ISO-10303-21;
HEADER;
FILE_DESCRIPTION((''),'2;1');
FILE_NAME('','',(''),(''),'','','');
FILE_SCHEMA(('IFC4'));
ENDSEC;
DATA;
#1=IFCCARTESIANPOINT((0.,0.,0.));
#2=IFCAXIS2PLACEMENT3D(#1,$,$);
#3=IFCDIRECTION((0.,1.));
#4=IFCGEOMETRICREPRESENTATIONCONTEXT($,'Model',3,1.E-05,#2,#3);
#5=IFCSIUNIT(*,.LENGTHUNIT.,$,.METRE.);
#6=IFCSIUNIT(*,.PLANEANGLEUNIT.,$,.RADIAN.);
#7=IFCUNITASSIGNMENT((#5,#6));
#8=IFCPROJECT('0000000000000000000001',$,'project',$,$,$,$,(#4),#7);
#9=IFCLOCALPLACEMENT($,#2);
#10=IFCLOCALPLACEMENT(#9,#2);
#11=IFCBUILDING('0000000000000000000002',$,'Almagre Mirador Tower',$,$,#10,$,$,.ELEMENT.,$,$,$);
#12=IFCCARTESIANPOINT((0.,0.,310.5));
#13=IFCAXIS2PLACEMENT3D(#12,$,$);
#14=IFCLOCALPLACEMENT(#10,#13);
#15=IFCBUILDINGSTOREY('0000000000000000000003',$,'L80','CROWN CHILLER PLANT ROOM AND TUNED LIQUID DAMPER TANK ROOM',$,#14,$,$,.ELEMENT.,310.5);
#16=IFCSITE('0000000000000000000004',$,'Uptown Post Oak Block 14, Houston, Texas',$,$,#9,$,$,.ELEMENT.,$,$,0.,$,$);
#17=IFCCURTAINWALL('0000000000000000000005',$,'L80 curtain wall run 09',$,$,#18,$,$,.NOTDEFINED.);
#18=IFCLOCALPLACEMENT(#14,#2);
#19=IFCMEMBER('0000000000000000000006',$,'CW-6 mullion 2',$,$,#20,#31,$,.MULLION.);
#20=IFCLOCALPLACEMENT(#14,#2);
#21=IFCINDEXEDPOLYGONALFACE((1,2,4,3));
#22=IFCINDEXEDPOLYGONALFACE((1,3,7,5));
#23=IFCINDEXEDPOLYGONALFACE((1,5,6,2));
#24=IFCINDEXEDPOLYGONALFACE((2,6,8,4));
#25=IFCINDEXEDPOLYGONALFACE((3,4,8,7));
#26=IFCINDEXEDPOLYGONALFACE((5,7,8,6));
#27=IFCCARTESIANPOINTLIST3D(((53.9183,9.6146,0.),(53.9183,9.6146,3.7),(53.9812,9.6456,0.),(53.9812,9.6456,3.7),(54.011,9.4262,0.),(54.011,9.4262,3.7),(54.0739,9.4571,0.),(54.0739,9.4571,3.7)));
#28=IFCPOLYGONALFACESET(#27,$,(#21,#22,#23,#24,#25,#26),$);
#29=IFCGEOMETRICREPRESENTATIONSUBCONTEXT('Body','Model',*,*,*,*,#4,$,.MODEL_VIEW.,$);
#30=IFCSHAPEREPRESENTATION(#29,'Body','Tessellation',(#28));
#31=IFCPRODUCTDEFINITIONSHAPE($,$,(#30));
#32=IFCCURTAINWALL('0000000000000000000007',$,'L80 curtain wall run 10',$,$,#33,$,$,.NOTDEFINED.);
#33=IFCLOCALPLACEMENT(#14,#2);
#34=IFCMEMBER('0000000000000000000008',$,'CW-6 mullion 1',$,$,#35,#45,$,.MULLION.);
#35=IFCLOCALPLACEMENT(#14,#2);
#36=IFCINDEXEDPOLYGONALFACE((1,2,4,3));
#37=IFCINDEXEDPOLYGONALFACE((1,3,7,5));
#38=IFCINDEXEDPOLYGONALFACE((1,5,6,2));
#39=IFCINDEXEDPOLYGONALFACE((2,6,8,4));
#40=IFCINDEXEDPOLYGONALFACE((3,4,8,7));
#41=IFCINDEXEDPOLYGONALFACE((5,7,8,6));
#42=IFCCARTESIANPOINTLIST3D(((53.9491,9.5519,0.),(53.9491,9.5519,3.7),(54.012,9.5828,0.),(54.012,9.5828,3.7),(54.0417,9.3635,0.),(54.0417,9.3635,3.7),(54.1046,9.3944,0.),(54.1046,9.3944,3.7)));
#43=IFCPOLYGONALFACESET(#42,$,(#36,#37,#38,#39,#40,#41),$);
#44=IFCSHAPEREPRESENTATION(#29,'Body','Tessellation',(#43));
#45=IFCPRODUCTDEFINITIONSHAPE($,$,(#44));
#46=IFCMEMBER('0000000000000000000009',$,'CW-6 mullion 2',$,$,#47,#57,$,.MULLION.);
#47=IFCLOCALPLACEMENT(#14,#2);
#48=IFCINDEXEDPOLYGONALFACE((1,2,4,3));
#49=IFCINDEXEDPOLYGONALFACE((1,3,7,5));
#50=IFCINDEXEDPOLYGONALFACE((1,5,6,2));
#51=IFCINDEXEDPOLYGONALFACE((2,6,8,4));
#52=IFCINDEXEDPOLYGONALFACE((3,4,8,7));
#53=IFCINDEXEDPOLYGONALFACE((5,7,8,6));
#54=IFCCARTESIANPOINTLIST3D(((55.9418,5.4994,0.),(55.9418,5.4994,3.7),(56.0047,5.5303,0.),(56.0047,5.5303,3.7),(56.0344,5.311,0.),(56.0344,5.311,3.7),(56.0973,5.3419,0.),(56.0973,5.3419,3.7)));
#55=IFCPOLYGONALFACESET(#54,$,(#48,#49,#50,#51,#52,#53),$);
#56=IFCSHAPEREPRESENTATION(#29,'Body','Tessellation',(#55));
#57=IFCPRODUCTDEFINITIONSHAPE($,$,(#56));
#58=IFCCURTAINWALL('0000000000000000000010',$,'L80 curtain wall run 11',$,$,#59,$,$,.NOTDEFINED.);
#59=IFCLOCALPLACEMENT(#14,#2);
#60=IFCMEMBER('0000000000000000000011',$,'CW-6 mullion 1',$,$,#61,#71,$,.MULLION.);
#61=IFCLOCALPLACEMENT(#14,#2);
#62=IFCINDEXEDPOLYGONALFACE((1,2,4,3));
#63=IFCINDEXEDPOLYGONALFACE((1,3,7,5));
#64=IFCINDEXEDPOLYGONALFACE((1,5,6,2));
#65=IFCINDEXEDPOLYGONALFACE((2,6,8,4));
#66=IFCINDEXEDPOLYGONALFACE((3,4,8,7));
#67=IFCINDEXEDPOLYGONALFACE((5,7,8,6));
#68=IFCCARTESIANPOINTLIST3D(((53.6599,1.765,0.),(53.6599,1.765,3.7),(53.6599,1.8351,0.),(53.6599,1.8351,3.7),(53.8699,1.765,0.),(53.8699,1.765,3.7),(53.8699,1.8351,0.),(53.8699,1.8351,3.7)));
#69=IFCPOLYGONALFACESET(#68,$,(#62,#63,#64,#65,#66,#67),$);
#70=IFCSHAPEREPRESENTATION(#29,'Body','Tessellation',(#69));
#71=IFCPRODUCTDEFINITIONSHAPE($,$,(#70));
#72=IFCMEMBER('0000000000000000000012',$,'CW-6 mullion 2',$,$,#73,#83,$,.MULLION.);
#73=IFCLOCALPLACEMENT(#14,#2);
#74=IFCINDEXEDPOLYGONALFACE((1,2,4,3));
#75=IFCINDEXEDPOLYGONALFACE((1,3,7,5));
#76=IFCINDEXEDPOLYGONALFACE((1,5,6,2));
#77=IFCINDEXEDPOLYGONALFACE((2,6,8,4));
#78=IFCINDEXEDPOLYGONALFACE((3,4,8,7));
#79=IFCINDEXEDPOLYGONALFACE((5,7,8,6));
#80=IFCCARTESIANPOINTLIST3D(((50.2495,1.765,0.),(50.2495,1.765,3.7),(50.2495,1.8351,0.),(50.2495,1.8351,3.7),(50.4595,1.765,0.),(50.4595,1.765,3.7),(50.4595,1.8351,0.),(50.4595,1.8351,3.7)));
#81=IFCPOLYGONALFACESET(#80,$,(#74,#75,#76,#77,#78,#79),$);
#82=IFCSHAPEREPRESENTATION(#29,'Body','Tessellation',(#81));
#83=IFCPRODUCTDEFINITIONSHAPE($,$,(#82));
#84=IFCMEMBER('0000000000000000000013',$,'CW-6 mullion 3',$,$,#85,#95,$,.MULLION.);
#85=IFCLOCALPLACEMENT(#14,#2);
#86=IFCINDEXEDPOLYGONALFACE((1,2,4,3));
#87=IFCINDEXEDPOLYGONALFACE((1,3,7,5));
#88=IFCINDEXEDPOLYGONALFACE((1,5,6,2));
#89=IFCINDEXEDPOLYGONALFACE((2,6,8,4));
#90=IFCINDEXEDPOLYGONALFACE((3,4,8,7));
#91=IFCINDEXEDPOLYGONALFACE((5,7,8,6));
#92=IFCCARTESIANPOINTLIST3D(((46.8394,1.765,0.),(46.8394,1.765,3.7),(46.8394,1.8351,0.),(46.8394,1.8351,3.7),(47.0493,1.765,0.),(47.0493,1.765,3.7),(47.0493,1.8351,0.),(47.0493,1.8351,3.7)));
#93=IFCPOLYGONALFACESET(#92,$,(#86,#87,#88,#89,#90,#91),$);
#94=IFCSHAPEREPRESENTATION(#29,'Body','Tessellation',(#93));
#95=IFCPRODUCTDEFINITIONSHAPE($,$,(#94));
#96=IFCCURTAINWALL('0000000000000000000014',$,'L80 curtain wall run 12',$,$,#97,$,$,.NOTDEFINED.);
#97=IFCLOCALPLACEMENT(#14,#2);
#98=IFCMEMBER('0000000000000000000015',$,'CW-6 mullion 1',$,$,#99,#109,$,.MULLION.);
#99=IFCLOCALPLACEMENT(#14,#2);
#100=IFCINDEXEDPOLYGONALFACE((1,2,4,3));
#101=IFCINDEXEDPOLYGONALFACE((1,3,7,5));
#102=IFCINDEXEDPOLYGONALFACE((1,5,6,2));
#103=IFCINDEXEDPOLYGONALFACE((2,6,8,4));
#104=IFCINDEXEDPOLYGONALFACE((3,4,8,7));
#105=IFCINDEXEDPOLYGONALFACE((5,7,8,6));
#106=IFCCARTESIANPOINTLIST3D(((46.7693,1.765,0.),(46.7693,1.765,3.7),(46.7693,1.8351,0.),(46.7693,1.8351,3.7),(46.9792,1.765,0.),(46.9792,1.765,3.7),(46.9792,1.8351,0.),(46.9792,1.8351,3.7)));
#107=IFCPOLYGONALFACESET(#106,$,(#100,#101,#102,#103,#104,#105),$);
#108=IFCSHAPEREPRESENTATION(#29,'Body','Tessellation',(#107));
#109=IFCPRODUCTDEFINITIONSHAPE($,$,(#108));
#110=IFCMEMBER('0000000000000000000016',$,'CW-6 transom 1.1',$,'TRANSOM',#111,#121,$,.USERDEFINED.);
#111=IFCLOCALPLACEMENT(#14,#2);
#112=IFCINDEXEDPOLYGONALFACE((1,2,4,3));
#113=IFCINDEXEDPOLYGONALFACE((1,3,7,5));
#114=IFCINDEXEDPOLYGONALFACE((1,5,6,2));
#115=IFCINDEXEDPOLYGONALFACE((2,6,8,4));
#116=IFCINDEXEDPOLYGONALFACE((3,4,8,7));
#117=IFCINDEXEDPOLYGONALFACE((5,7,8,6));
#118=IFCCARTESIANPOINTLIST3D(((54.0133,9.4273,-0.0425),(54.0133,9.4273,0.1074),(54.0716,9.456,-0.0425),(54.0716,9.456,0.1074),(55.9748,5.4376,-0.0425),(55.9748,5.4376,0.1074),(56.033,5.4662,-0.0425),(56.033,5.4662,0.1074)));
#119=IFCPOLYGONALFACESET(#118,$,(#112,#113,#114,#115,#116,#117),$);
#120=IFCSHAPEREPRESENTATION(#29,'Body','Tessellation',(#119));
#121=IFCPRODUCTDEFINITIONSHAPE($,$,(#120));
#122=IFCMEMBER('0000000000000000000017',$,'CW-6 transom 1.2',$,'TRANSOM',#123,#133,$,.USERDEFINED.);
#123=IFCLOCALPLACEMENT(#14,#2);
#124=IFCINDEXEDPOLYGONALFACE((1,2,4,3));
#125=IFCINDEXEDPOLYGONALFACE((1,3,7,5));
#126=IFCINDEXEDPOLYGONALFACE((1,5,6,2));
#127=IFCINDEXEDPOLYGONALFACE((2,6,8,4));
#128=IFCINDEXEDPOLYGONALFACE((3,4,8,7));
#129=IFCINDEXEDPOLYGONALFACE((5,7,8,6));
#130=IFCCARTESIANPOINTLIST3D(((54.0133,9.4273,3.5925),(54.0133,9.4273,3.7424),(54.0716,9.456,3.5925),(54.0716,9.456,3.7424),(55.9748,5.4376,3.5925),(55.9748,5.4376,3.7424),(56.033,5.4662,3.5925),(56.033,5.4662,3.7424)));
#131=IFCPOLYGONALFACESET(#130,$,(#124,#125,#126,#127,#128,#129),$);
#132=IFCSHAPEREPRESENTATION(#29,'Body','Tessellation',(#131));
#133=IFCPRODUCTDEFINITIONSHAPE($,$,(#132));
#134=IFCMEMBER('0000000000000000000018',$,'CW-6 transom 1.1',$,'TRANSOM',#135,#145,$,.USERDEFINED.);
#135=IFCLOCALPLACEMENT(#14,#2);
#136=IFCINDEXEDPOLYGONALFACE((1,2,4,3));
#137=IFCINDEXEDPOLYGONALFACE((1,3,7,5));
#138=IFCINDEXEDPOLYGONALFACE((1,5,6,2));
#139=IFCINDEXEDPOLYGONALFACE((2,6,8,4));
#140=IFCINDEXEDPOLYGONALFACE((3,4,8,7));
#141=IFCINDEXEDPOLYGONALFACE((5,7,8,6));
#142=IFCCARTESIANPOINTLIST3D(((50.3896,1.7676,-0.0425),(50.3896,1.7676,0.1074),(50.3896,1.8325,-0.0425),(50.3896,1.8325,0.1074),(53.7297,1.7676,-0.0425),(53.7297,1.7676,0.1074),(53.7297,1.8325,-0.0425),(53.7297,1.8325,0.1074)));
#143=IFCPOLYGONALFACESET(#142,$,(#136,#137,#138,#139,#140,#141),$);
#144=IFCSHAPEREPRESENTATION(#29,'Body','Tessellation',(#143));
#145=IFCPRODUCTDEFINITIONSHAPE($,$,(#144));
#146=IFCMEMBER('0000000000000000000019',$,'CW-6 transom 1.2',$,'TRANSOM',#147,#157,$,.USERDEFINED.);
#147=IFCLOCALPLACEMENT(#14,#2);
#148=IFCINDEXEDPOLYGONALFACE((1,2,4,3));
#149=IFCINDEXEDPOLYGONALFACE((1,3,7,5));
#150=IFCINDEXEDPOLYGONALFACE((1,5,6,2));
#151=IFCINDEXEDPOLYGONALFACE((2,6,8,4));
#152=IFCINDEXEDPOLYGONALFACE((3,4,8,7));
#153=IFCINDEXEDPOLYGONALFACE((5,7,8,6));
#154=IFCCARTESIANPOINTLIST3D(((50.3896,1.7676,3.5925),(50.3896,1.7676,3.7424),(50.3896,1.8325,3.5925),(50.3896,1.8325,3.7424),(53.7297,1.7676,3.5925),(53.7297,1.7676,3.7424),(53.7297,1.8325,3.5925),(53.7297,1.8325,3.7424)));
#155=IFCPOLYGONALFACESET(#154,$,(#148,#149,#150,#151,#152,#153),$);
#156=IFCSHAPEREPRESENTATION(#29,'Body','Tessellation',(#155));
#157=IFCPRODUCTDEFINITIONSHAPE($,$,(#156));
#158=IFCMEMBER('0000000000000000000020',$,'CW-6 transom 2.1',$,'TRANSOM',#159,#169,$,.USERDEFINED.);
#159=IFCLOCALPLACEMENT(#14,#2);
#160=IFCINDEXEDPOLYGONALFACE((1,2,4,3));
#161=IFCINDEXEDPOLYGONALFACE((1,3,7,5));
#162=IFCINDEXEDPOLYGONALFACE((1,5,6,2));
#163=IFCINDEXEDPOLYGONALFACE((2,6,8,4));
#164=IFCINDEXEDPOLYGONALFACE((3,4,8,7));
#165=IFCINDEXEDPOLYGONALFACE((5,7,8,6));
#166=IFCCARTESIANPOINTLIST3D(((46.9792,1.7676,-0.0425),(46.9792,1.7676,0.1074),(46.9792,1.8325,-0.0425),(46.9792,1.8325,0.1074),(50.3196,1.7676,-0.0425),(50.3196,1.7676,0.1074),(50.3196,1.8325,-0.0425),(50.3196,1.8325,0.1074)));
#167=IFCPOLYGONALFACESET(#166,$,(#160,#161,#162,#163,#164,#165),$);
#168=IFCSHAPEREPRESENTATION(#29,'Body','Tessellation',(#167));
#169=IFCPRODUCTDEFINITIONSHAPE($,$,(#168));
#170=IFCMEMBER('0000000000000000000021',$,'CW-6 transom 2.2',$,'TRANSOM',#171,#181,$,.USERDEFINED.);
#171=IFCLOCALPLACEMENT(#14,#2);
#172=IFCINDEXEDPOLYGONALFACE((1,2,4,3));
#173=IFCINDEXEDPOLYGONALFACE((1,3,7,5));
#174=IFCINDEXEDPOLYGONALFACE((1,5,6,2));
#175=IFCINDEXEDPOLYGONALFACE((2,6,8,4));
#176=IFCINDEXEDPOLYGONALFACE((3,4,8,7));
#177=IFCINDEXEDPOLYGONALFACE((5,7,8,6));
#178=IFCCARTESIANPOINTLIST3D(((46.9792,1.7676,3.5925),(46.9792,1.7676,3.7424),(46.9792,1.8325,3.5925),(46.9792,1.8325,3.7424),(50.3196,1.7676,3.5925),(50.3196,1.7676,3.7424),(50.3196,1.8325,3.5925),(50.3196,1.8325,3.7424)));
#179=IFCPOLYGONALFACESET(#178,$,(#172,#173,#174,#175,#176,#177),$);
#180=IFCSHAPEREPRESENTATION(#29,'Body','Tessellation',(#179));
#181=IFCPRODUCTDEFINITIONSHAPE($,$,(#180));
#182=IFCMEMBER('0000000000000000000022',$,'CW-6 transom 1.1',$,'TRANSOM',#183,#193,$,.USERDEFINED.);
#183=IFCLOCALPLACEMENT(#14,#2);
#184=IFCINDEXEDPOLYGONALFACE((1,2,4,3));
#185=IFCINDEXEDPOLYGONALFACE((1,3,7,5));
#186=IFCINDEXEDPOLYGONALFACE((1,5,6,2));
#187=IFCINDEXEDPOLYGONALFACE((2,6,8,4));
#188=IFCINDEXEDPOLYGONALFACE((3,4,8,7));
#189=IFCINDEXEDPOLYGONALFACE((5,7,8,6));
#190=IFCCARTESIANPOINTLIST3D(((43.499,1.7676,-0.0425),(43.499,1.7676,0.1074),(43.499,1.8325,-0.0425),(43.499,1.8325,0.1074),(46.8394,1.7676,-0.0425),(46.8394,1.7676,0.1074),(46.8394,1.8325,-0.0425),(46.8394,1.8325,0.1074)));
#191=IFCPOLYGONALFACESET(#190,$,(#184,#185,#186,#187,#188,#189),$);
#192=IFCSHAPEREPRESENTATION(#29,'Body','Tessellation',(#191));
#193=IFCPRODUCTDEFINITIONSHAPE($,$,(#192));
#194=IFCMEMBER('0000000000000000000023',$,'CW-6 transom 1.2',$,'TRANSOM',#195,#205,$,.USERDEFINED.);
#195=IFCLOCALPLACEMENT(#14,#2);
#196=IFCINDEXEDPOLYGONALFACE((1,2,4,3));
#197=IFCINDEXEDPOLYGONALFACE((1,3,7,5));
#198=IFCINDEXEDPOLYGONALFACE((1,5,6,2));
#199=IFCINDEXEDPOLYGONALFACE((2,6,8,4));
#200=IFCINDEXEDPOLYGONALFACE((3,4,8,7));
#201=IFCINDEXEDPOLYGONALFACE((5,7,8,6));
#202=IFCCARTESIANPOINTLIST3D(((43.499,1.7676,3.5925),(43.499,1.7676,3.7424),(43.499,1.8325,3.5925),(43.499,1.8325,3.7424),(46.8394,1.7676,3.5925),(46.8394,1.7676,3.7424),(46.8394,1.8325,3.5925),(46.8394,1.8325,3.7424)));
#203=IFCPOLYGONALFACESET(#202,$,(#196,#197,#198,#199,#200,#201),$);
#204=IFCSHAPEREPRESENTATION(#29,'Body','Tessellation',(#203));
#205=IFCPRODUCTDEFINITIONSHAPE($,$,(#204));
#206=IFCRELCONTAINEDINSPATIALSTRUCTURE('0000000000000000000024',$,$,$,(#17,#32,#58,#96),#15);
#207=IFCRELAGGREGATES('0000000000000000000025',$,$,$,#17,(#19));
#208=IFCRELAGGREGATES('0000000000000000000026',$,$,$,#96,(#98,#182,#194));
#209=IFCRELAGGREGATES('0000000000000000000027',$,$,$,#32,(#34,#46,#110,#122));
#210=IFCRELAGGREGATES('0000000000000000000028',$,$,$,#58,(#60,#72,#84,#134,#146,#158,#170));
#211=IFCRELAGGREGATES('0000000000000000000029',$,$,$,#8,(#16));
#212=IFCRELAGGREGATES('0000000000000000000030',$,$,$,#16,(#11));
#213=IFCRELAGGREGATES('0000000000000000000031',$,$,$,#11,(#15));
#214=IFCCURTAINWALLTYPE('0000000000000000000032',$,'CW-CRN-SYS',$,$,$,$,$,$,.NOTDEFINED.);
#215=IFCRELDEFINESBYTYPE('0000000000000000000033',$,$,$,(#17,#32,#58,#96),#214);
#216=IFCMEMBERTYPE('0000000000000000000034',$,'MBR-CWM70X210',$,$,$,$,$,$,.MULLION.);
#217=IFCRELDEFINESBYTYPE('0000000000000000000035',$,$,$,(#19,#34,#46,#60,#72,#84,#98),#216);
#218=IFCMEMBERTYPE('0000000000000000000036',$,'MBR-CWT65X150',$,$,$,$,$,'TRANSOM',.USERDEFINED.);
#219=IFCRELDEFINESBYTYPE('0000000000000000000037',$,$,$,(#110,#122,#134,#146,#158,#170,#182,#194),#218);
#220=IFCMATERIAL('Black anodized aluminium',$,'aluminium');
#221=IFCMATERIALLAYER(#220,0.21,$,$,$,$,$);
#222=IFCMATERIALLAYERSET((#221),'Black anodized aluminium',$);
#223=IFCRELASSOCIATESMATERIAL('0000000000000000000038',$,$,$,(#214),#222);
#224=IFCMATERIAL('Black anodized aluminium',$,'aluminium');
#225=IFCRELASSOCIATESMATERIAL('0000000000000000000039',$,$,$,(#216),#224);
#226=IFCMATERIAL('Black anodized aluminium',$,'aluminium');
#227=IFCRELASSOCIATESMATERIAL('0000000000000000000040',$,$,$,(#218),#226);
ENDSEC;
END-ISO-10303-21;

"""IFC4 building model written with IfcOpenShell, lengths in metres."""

from ifc_helpers import new_model, si_unit, direction, frame, origin, origin_2d, place, context, subcontext, project, spatial, rectangle, extrude, material, layer, layer_set, material_profile, profile_set, type_object, element, aggregate, save


model = new_model("IFC4")

# Units and contexts
model_context = context("Model", 3, precision=1e-05, world=origin(), true_north=direction((0.0, 1.0)))
body_context = subcontext(model_context, "Body", "Model", "MODEL_VIEW")
ifc_project = project(units=[si_unit("LENGTHUNIT", "METRE"), si_unit("PLANEANGLEUNIT", "RADIAN")], contexts=[model_context])

# Site, building, storey
site_placement = place(None, origin())
site = spatial("IfcSite", under=ifc_project, at=site_placement, Name="Uptown Post Oak Block 14, Houston, Texas", CompositionType="ELEMENT", RefElevation=0.0)
building_placement = place(site_placement, origin())
building = spatial("IfcBuilding", under=site, at=building_placement, Name="Almagre Mirador Tower", CompositionType="ELEMENT")
storey_placement = place(building_placement, frame((0.0, 0.0, 310.5)))
storey = spatial("IfcBuildingStorey", under=building, at=storey_placement, Name="L80", Description="CROWN CHILLER PLANT ROOM AND TUNED LIQUID DAMPER TANK ROOM", CompositionType="ELEMENT", Elevation=310.5)

# Curtain wall, member
ifc_material_1 = material(Name="Black anodized aluminium", Category="aluminium")
ifc_layer_1 = layer(ifc_material_1, 0.21)
ifc_layer_set_1 = layer_set([ifc_layer_1], Name="Black anodized aluminium")
curtain_wall_type = type_object("IfcCurtainWallType", Name="CW-CRN-SYS", PredefinedType="NOTDEFINED", material=ifc_layer_set_1)
curtain_wall_1_placement = place(storey_placement, origin())
curtain_wall_1 = element("IfcCurtainWall", 1, at=curtain_wall_1_placement, inside=storey, type_object=curtain_wall_type, Name="L80 curtain wall run 09", PredefinedType="NOTDEFINED")
ifc_material_2 = material(Name="Black anodized aluminium", Category="aluminium")
ifc_material_profile_1 = material_profile(ifc_material_2, rectangle(XDim=0.0701, YDim=0.21, at=origin_2d()), Name="CWM70X210")
ifc_profile_set_1 = profile_set([ifc_material_profile_1], Name="Black anodized aluminium")
member_type_1 = type_object("IfcMemberType", Name="MBR-CWM70X210", PredefinedType="MULLION", material=ifc_profile_set_1)
member_1_placement = place(storey_placement, frame((53.9961, 9.5359, 0.0), z_axis=(0.0, 0.0, 1.0), x_axis=(0.897395, 0.441229, 0.0)))
member_1 = element("IfcMember", 2, at=member_1_placement, type_object=member_type_1, Name="CW-6 mullion 2", PredefinedType="MULLION", context=body_context, shape_type="SweptSolid", body=[
    extrude(rectangle(XDim=0.0701, YDim=0.21, at=origin_2d()), origin(), (0.0, 0.0, 1.0), 3.7),
])
aggregate(curtain_wall_1, [member_1])

# Curtain walls, members
curtain_wall_2_placement = place(storey_placement, origin())
curtain_wall_2 = element("IfcCurtainWall", 3, at=curtain_wall_2_placement, inside=storey, type_object=curtain_wall_type, Name="L80 curtain wall run 10", PredefinedType="NOTDEFINED")
member_2_placement = place(storey_placement, frame((54.0269, 9.4731, 0.0), z_axis=(0.0, 0.0, 1.0), x_axis=(0.897395, 0.441229, 0.0)))
member_2 = element("IfcMember", 4, at=member_2_placement, type_object=member_type_1, Name="CW-6 mullion 1", PredefinedType="MULLION", context=body_context, shape_type="SweptSolid", body=[
    extrude(rectangle(XDim=0.0701, YDim=0.21, at=origin_2d()), origin(), (0.0, 0.0, 1.0), 3.7),
])
member_3_placement = place(storey_placement, frame((56.0195, 5.4207, 0.0), z_axis=(0.0, 0.0, 1.0), x_axis=(0.897395, 0.441229, 0.0)))
member_3 = element("IfcMember", 5, at=member_3_placement, type_object=member_type_1, Name="CW-6 mullion 2", PredefinedType="MULLION", context=body_context, shape_type="SweptSolid", body=[
    extrude(rectangle(XDim=0.0701, YDim=0.21, at=origin_2d()), origin(), (0.0, 0.0, 1.0), 3.7),
])
curtain_wall_3_placement = place(storey_placement, origin())
curtain_wall_3 = element("IfcCurtainWall", 6, at=curtain_wall_3_placement, inside=storey, type_object=curtain_wall_type, Name="L80 curtain wall run 11", PredefinedType="NOTDEFINED")
member_4_placement = place(storey_placement, frame((53.7649, 1.8, 0.0), z_axis=(0.0, 0.0, 1.0), x_axis=(0.0, -1.0, 0.0)))
member_4 = element("IfcMember", 7, at=member_4_placement, type_object=member_type_1, Name="CW-6 mullion 1", PredefinedType="MULLION", context=body_context, shape_type="SweptSolid", body=[
    extrude(rectangle(XDim=0.0701, YDim=0.21, at=origin_2d()), origin(), (0.0, 0.0, 1.0), 3.7),
])
member_5_placement = place(storey_placement, frame((50.3545, 1.8, 0.0), z_axis=(0.0, 0.0, 1.0), x_axis=(0.0, -1.0, 0.0)))
member_5 = element("IfcMember", 8, at=member_5_placement, type_object=member_type_1, Name="CW-6 mullion 2", PredefinedType="MULLION", context=body_context, shape_type="SweptSolid", body=[
    extrude(rectangle(XDim=0.0701, YDim=0.21, at=origin_2d()), origin(), (0.0, 0.0, 1.0), 3.7),
])
member_6_placement = place(storey_placement, frame((46.9443, 1.8, 0.0), z_axis=(0.0, 0.0, 1.0), x_axis=(0.0, -1.0, 0.0)))
member_6 = element("IfcMember", 9, at=member_6_placement, type_object=member_type_1, Name="CW-6 mullion 3", PredefinedType="MULLION", context=body_context, shape_type="SweptSolid", body=[
    extrude(rectangle(XDim=0.0701, YDim=0.21, at=origin_2d()), origin(), (0.0, 0.0, 1.0), 3.7),
])

# Curtain wall, member
curtain_wall_4_placement = place(storey_placement, origin())
curtain_wall_4 = element("IfcCurtainWall", 10, at=curtain_wall_4_placement, inside=storey, type_object=curtain_wall_type, Name="L80 curtain wall run 12", PredefinedType="NOTDEFINED")
member_7_placement = place(storey_placement, frame((46.8743, 1.8, 0.0), z_axis=(0.0, 0.0, 1.0), x_axis=(0.0, -1.0, 0.0)))
member_7 = element("IfcMember", 11, at=member_7_placement, type_object=member_type_1, Name="CW-6 mullion 1", PredefinedType="MULLION", context=body_context, shape_type="SweptSolid", body=[
    extrude(rectangle(XDim=0.0701, YDim=0.21, at=origin_2d()), origin(), (0.0, 0.0, 1.0), 3.7),
])

# Members
ifc_material_3 = material(Name="Black anodized aluminium", Category="aluminium")
ifc_material_profile_2 = material_profile(ifc_material_3, rectangle(XDim=0.0649, YDim=0.1499, at=origin_2d()), Name="CWT65X150")
ifc_profile_set_2 = profile_set([ifc_material_profile_2], Name="Black anodized aluminium")
member_type_2 = type_object("IfcMemberType", Name="MBR-CWT65X150", ElementType="TRANSOM", PredefinedType="USERDEFINED", material=ifc_profile_set_2)
member_8_placement = place(storey_placement, frame((54.0425, 9.4417, 0.0325), z_axis=(0.441185, -0.897416, 0.0), x_axis=(0.897416, 0.441185, 0.0)))
member_8 = element("IfcMember", 12, at=member_8_placement, type_object=member_type_2, Name="CW-6 transom 1.1", ObjectType="TRANSOM", PredefinedType="USERDEFINED", context=body_context, shape_type="SweptSolid", body=[
    extrude(rectangle(XDim=0.0649, YDim=0.1499, at=origin_2d()), origin(), (0.0, 0.0, 1.0), 4.4458),
])
member_9_placement = place(storey_placement, frame((54.0425, 9.4417, 3.6675), z_axis=(0.441185, -0.897416, 0.0), x_axis=(0.897416, 0.441185, 0.0)))
member_9 = element("IfcMember", 13, at=member_9_placement, type_object=member_type_2, Name="CW-6 transom 1.2", ObjectType="TRANSOM", PredefinedType="USERDEFINED", context=body_context, shape_type="SweptSolid", body=[
    extrude(rectangle(XDim=0.0649, YDim=0.1499, at=origin_2d()), origin(), (0.0, 0.0, 1.0), 4.4458),
])
member_10_placement = place(storey_placement, frame((53.7297, 1.8, 0.0325), z_axis=(-1.0, 0.0, 0.0), x_axis=(0.0, -1.0, 0.0)))
member_10 = element("IfcMember", 14, at=member_10_placement, type_object=member_type_2, Name="CW-6 transom 1.1", ObjectType="TRANSOM", PredefinedType="USERDEFINED", context=body_context, shape_type="SweptSolid", body=[
    extrude(rectangle(XDim=0.0649, YDim=0.1499, at=origin_2d()), origin(), (0.0, 0.0, 1.0), 3.3401),
])
member_11_placement = place(storey_placement, frame((53.7297, 1.8, 3.6675), z_axis=(-1.0, 0.0, 0.0), x_axis=(0.0, -1.0, 0.0)))
member_11 = element("IfcMember", 15, at=member_11_placement, type_object=member_type_2, Name="CW-6 transom 1.2", ObjectType="TRANSOM", PredefinedType="USERDEFINED", context=body_context, shape_type="SweptSolid", body=[
    extrude(rectangle(XDim=0.0649, YDim=0.1499, at=origin_2d()), origin(), (0.0, 0.0, 1.0), 3.3401),
])
member_12_placement = place(storey_placement, frame((50.3196, 1.8, 0.0325), z_axis=(-1.0, 0.0, 0.0), x_axis=(0.0, -1.0, 0.0)))
member_12 = element("IfcMember", 16, at=member_12_placement, type_object=member_type_2, Name="CW-6 transom 2.1", ObjectType="TRANSOM", PredefinedType="USERDEFINED", context=body_context, shape_type="SweptSolid", body=[
    extrude(rectangle(XDim=0.0649, YDim=0.1499, at=origin_2d()), origin(), (0.0, 0.0, 1.0), 3.3403),
])
member_13_placement = place(storey_placement, frame((50.3196, 1.8, 3.6675), z_axis=(-1.0, 0.0, 0.0), x_axis=(0.0, -1.0, 0.0)))
member_13 = element("IfcMember", 17, at=member_13_placement, type_object=member_type_2, Name="CW-6 transom 2.2", ObjectType="TRANSOM", PredefinedType="USERDEFINED", context=body_context, shape_type="SweptSolid", body=[
    extrude(rectangle(XDim=0.0649, YDim=0.1499, at=origin_2d()), origin(), (0.0, 0.0, 1.0), 3.3403),
])
member_14_placement = place(storey_placement, frame((46.8394, 1.8, 0.0325), z_axis=(-1.0, 0.0, 0.0), x_axis=(0.0, -1.0, 0.0)))
member_14 = element("IfcMember", 18, at=member_14_placement, type_object=member_type_2, Name="CW-6 transom 1.1", ObjectType="TRANSOM", PredefinedType="USERDEFINED", context=body_context, shape_type="SweptSolid", body=[
    extrude(rectangle(XDim=0.0649, YDim=0.1499, at=origin_2d()), origin(), (0.0, 0.0, 1.0), 3.3403),
])
member_15_placement = place(storey_placement, frame((46.8394, 1.8, 3.6675), z_axis=(-1.0, 0.0, 0.0), x_axis=(0.0, -1.0, 0.0)))
member_15 = element("IfcMember", 19, at=member_15_placement, type_object=member_type_2, Name="CW-6 transom 1.2", ObjectType="TRANSOM", PredefinedType="USERDEFINED", context=body_context, shape_type="SweptSolid", body=[
    extrude(rectangle(XDim=0.0649, YDim=0.1499, at=origin_2d()), origin(), (0.0, 0.0, 1.0), 3.3403),
])
aggregate(curtain_wall_4, [member_7, member_14, member_15])

aggregate(curtain_wall_2, [member_2, member_3, member_8, member_9])
aggregate(curtain_wall_3, [member_4, member_5, member_6, member_10, member_11, member_12, member_13])

save(model, "model.ifc")
